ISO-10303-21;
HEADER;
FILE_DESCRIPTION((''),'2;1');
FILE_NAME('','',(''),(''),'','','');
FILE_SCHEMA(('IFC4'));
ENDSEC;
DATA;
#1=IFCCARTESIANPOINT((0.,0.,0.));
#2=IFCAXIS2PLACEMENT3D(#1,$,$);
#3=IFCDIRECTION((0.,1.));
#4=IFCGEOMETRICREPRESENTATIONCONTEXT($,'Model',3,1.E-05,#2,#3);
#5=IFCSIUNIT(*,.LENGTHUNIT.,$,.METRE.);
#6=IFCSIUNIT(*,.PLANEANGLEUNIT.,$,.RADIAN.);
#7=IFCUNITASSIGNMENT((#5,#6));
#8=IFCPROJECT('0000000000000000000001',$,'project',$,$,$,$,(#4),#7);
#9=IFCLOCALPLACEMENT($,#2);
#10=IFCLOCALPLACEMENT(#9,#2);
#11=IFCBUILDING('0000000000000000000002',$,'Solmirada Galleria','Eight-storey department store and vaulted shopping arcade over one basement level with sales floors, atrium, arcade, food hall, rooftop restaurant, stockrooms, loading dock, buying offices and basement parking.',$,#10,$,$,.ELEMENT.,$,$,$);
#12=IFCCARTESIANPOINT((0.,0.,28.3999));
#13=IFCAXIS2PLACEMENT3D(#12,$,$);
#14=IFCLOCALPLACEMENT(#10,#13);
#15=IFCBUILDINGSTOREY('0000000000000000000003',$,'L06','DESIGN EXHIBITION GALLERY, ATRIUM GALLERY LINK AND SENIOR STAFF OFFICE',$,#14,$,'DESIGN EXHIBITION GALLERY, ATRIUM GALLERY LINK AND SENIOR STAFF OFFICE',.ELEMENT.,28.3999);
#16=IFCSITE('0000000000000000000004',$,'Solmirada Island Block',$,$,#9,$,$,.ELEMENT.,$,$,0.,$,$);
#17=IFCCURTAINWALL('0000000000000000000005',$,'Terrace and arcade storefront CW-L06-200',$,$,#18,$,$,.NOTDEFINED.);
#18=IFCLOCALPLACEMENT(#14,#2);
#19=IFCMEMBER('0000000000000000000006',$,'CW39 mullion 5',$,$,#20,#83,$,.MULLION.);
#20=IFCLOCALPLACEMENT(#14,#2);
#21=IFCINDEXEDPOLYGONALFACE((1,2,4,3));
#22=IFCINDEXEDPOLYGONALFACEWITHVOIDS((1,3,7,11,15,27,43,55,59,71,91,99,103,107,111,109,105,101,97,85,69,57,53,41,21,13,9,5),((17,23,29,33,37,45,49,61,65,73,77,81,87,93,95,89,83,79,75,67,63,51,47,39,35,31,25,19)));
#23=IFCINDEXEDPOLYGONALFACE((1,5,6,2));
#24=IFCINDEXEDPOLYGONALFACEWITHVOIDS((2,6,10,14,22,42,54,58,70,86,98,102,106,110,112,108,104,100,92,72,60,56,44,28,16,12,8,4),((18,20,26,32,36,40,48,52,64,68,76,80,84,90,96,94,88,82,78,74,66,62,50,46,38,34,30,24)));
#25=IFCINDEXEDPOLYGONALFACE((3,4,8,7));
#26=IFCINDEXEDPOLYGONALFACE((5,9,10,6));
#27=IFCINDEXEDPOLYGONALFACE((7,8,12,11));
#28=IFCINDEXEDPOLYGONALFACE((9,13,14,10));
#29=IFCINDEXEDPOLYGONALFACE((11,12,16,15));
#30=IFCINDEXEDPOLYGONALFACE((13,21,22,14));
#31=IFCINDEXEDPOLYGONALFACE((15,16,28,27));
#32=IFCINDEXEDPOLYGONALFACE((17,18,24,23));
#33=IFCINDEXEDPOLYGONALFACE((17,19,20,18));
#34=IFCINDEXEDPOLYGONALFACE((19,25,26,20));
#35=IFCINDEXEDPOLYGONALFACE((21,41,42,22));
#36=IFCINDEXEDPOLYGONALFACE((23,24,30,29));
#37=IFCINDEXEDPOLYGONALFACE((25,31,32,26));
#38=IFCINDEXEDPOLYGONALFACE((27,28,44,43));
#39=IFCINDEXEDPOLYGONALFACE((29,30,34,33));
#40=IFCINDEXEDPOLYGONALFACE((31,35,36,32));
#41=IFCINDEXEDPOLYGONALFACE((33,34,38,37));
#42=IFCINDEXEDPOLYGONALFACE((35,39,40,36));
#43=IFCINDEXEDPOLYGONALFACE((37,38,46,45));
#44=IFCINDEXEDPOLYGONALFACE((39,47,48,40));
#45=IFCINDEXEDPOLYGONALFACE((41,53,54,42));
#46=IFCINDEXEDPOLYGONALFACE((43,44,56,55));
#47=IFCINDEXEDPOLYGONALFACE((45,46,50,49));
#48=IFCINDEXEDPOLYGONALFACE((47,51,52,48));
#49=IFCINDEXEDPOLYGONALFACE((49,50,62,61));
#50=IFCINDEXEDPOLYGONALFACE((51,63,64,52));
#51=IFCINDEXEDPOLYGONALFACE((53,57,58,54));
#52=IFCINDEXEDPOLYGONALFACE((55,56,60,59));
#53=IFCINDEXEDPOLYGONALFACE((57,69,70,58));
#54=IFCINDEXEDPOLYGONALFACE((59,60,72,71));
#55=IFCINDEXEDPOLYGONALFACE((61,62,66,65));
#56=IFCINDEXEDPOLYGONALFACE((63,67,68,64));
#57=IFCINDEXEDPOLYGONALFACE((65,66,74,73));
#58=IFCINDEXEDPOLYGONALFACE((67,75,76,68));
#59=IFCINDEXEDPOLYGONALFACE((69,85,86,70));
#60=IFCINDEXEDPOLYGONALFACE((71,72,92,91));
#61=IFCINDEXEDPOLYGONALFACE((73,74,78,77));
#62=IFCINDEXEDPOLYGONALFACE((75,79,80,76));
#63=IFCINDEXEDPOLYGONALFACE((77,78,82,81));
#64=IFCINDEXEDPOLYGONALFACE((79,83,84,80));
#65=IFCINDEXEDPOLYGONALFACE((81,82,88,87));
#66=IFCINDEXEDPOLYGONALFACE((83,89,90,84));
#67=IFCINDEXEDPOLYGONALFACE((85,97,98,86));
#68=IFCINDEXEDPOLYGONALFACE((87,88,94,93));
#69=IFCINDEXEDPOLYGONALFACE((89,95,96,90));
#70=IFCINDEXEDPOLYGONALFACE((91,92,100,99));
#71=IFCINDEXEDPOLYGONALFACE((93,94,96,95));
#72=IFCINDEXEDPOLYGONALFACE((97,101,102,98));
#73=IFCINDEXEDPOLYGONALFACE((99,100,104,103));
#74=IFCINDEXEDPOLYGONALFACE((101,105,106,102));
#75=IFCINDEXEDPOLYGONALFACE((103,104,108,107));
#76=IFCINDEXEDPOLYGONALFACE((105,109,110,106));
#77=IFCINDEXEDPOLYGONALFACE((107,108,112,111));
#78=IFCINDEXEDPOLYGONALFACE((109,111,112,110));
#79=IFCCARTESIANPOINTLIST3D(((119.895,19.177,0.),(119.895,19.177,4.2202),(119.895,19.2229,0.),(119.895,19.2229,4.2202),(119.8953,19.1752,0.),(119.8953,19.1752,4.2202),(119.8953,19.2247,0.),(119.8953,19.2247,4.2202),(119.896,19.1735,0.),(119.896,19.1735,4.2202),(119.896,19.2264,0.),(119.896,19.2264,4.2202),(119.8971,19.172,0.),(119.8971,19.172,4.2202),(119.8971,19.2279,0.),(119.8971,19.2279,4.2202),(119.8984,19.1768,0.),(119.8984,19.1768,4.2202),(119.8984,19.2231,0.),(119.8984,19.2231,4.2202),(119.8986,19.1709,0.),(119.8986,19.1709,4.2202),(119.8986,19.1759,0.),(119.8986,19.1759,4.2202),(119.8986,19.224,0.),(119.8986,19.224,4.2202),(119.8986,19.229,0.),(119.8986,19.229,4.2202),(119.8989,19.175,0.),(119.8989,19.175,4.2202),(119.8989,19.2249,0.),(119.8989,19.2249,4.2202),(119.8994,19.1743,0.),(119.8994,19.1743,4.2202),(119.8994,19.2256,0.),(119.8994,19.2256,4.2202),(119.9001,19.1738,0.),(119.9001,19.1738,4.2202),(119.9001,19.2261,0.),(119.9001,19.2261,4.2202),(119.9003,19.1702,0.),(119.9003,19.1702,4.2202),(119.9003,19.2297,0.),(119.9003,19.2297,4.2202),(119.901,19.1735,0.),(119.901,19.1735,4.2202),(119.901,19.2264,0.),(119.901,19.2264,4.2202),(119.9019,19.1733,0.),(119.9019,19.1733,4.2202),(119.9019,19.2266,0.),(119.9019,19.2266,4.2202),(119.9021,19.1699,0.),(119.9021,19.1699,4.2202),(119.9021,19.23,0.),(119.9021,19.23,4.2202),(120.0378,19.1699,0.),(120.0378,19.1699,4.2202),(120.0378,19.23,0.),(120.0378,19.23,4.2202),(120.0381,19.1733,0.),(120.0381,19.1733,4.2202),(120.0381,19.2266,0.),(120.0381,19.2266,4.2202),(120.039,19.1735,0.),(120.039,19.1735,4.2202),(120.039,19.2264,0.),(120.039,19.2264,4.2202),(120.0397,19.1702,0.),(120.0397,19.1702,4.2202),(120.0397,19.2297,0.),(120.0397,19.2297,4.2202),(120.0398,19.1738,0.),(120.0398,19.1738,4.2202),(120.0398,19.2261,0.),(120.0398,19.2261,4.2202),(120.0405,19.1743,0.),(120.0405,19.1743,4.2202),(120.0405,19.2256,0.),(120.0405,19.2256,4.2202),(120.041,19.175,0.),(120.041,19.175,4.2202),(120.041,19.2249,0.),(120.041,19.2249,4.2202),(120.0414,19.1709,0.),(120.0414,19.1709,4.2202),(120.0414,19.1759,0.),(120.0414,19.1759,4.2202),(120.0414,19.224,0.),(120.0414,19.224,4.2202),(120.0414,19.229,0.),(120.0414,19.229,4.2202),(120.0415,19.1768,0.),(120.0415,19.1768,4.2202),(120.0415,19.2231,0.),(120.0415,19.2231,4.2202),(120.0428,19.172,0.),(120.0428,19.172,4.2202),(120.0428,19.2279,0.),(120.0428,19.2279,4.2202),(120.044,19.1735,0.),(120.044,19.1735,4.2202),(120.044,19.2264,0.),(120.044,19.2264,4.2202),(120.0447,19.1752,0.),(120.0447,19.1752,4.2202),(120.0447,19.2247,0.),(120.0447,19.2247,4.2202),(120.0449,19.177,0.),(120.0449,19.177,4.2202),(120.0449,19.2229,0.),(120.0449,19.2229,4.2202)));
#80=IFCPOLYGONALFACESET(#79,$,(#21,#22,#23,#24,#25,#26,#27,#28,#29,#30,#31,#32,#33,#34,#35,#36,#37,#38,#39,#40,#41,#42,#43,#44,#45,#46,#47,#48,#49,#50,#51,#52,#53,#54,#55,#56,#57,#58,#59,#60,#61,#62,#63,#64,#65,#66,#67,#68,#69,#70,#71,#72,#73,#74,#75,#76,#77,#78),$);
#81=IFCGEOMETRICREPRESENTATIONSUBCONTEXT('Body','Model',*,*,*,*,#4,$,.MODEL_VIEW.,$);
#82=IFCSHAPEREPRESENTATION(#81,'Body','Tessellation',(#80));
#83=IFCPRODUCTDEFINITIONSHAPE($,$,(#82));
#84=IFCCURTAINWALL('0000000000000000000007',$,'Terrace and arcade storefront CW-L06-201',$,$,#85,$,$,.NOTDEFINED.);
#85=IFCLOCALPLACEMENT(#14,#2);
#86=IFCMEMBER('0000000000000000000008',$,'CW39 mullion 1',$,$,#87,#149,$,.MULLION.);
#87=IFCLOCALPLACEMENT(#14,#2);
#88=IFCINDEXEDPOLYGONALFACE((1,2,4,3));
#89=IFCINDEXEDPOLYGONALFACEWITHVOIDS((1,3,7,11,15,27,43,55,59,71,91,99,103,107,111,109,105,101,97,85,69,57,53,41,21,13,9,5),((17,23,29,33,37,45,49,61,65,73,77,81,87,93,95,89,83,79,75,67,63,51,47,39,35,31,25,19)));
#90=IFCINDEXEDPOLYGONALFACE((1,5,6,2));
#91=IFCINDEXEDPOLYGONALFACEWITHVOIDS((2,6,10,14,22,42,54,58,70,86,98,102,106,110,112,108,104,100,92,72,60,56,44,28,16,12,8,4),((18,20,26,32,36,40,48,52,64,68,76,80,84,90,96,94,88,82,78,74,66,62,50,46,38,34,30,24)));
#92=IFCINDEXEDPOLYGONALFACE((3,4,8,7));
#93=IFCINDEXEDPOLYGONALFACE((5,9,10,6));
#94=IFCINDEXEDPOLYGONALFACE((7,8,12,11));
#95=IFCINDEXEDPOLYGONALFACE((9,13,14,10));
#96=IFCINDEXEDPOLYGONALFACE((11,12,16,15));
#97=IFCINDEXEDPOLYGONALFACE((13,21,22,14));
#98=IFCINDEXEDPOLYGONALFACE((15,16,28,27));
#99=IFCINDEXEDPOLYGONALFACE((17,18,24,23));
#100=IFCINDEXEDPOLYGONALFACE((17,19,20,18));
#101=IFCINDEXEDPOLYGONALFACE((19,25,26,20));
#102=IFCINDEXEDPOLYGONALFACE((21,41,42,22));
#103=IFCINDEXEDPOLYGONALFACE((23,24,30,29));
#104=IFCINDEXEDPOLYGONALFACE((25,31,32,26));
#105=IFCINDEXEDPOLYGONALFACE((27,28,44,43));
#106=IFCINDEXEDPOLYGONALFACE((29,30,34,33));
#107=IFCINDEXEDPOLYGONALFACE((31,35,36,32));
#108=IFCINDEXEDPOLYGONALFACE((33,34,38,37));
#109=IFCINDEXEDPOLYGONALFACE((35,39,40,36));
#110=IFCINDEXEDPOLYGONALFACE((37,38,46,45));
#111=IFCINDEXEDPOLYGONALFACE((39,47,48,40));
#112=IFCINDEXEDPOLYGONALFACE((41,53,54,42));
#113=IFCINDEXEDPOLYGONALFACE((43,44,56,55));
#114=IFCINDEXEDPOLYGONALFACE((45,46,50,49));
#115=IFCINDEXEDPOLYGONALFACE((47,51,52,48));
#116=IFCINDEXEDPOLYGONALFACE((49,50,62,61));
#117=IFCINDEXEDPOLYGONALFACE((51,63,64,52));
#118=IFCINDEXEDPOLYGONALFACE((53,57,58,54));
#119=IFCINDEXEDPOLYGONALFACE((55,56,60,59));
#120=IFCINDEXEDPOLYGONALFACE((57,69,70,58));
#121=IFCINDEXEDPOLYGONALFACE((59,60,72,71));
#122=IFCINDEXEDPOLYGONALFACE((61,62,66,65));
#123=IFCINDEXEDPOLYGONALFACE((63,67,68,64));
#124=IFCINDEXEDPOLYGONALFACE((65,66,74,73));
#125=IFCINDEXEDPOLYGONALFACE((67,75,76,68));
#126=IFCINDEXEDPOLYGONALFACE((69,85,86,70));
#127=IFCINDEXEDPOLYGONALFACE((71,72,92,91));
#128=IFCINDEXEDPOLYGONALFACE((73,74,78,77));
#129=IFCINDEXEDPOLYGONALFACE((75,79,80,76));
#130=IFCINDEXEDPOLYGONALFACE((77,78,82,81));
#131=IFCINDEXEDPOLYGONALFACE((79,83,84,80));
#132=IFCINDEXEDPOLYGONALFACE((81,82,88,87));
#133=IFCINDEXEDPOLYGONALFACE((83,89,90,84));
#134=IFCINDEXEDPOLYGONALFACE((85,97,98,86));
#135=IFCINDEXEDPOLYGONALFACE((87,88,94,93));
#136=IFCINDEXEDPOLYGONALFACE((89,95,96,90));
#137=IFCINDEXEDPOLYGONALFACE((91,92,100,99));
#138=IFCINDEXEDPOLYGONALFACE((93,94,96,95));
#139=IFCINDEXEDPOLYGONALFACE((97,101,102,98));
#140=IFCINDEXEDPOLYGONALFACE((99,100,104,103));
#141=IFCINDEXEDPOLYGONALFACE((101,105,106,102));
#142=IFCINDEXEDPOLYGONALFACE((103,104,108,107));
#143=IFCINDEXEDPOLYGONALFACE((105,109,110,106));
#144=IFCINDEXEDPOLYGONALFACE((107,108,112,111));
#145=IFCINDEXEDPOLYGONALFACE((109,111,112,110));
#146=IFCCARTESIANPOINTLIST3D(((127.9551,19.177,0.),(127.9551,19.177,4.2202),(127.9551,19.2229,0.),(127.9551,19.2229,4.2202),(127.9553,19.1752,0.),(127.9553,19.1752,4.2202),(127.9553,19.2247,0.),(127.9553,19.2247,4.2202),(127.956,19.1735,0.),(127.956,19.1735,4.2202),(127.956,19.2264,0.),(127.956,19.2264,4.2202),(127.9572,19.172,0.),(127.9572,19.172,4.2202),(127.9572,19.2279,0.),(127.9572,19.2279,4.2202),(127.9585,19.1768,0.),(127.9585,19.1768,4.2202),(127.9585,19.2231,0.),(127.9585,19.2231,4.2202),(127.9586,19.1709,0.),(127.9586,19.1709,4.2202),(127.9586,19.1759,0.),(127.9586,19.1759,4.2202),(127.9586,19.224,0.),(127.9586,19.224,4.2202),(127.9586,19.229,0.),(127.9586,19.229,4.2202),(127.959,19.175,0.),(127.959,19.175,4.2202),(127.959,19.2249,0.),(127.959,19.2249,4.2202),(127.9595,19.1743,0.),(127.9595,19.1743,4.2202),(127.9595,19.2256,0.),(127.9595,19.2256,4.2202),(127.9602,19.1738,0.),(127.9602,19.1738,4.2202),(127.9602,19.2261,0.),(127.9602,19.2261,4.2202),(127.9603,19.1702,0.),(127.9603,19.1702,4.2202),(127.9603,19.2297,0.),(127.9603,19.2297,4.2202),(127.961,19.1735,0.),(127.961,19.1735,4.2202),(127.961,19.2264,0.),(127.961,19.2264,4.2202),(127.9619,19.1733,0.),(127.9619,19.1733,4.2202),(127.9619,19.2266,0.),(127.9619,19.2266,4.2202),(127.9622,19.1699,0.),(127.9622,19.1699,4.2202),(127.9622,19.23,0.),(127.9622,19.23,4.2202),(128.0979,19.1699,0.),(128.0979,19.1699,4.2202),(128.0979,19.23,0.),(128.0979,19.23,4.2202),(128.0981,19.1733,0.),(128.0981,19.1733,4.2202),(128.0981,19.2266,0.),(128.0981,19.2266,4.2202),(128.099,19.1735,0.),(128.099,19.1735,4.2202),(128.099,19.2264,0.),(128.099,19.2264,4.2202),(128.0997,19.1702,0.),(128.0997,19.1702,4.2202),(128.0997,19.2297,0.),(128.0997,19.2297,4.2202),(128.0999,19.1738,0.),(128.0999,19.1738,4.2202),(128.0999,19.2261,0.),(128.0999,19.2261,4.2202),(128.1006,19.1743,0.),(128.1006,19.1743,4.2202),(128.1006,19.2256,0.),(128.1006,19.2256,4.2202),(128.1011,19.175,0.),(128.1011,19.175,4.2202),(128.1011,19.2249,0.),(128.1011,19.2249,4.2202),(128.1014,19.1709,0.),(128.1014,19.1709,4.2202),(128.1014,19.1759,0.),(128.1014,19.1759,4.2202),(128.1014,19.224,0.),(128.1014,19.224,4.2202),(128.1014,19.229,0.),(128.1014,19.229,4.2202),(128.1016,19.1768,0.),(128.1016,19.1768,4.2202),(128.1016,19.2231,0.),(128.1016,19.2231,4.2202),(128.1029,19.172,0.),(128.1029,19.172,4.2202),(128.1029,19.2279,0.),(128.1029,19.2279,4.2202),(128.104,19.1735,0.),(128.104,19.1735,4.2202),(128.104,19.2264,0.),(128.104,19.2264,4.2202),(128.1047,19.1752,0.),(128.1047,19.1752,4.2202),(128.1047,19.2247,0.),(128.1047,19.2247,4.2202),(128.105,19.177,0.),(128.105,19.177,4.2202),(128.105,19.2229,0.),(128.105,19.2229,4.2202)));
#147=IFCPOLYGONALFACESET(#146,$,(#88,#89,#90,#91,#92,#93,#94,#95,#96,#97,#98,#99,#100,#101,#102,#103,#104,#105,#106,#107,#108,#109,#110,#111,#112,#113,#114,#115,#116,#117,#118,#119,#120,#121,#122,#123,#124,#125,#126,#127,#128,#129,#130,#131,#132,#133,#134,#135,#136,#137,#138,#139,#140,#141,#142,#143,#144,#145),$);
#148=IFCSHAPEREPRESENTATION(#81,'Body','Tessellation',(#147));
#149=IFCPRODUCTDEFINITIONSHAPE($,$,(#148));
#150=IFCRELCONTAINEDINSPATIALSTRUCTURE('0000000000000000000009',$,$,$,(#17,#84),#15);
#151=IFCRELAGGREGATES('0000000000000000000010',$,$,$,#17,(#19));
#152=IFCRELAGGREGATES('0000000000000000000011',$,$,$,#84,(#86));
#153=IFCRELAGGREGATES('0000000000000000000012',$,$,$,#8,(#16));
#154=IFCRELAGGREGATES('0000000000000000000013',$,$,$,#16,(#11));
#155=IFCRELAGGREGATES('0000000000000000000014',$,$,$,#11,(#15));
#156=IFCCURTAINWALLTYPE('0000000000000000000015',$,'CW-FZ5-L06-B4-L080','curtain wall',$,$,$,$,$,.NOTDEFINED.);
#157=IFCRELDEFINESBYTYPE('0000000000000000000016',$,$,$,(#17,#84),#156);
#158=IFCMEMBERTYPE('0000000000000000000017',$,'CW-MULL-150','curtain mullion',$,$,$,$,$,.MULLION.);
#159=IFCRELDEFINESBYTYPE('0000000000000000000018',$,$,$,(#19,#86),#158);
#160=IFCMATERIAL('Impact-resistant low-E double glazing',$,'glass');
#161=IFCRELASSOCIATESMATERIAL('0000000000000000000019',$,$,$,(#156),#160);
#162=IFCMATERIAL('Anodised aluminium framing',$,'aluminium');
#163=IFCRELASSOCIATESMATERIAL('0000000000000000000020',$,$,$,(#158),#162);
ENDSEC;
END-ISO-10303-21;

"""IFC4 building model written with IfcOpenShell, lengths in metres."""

from ifc_helpers import new_model, si_unit, direction, frame, origin, origin_2d, place, context, subcontext, project, spatial, hollow_rectangle, extrude, material, material_profile, profile_set, type_object, element, aggregate, save


model = new_model("IFC4")

# Units and contexts
model_context = context("Model", 3, precision=1e-05, world=origin(), true_north=direction((0.0, 1.0)))
body_context = subcontext(model_context, "Body", "Model", "MODEL_VIEW")
ifc_project = project(units=[si_unit("LENGTHUNIT", "METRE"), si_unit("PLANEANGLEUNIT", "RADIAN")], contexts=[model_context])

# Site, building, storey
site_placement = place(None, origin())
site = spatial("IfcSite", under=ifc_project, at=site_placement, Name="Solmirada Island Block", CompositionType="ELEMENT", RefElevation=0.0)
building_placement = place(site_placement, origin())
building = spatial("IfcBuilding", under=site, at=building_placement, Name="Solmirada Galleria", Description="Eight-storey department store and vaulted shopping arcade over one basement level with sales floors, atrium, arcade, food hall, rooftop restaurant, stockrooms, loading dock, buying offices and basement parking.", CompositionType="ELEMENT")
storey_placement = place(building_placement, frame((0.0, 0.0, 28.3999)))
storey = spatial("IfcBuildingStorey", under=building, at=storey_placement, Name="L06", Description="DESIGN EXHIBITION GALLERY, ATRIUM GALLERY LINK AND SENIOR STAFF OFFICE", LongName="DESIGN EXHIBITION GALLERY, ATRIUM GALLERY LINK AND SENIOR STAFF OFFICE", CompositionType="ELEMENT", Elevation=28.3999)

# Curtain wall, member
ifc_material_1 = material(Name="Impact-resistant low-E double glazing", Category="glass")
curtain_wall_type = type_object("IfcCurtainWallType", Name="CW-FZ5-L06-B4-L080", Description="curtain wall", PredefinedType="NOTDEFINED", material=ifc_material_1)
curtain_wall_1_placement = place(storey_placement, origin())
curtain_wall_1 = element("IfcCurtainWall", 1, at=curtain_wall_1_placement, inside=storey, type_object=curtain_wall_type, Name="Terrace and arcade storefront CW-L06-200", PredefinedType="NOTDEFINED")
ifc_material_2 = material(Name="Anodised aluminium framing", Category="aluminium")
ifc_material_profile_1 = material_profile(ifc_material_2, hollow_rectangle(XDim=0.0601, YDim=0.1499, WallThickness=0.0034, InnerFilletRadius=0.0034, OuterFilletRadius=0.0071, at=origin_2d()), Name="ALU-MULL-150X60")
ifc_profile_set_1 = profile_set([ifc_material_profile_1], Name="Anodised aluminium framing")
member_type_1 = type_object("IfcMemberType", Name="CW-MULL-150", Description="curtain mullion", PredefinedType="MULLION", material=ifc_profile_set_1)
member_1_placement = place(storey_placement, frame((119.97, 19.2, 0.0), z_axis=(0.0, 0.0, 1.0), x_axis=(0.0, 1.0, 0.0)))
member_1 = element("IfcMember", 2, at=member_1_placement, type_object=member_type_1, Name="CW39 mullion 5", PredefinedType="MULLION", context=body_context, shape_type="SweptSolid", body=[
    extrude(hollow_rectangle(XDim=0.0601, YDim=0.1499, WallThickness=0.0034, InnerFilletRadius=0.0034, OuterFilletRadius=0.0071, at=origin_2d()), origin(), (0.0, 0.0, 1.0), 4.2202),
])

# Curtain wall, member
curtain_wall_2_placement = place(storey_placement, origin())
curtain_wall_2 = element("IfcCurtainWall", 3, at=curtain_wall_2_placement, inside=storey, type_object=curtain_wall_type, Name="Terrace and arcade storefront CW-L06-201", PredefinedType="NOTDEFINED")
member_2_placement = place(storey_placement, frame((128.03, 19.2, 0.0), z_axis=(0.0, 0.0, 1.0), x_axis=(0.0, 1.0, 0.0)))
member_2 = element("IfcMember", 4, at=member_2_placement, type_object=member_type_1, Name="CW39 mullion 1", PredefinedType="MULLION", context=body_context, shape_type="SweptSolid", body=[
    extrude(hollow_rectangle(XDim=0.0601, YDim=0.1499, WallThickness=0.0034, InnerFilletRadius=0.0034, OuterFilletRadius=0.0071, at=origin_2d()), origin(), (0.0, 0.0, 1.0), 4.2202),
])

aggregate(curtain_wall_1, [member_1])
aggregate(curtain_wall_2, [member_2])

save(model, "model.ifc")
